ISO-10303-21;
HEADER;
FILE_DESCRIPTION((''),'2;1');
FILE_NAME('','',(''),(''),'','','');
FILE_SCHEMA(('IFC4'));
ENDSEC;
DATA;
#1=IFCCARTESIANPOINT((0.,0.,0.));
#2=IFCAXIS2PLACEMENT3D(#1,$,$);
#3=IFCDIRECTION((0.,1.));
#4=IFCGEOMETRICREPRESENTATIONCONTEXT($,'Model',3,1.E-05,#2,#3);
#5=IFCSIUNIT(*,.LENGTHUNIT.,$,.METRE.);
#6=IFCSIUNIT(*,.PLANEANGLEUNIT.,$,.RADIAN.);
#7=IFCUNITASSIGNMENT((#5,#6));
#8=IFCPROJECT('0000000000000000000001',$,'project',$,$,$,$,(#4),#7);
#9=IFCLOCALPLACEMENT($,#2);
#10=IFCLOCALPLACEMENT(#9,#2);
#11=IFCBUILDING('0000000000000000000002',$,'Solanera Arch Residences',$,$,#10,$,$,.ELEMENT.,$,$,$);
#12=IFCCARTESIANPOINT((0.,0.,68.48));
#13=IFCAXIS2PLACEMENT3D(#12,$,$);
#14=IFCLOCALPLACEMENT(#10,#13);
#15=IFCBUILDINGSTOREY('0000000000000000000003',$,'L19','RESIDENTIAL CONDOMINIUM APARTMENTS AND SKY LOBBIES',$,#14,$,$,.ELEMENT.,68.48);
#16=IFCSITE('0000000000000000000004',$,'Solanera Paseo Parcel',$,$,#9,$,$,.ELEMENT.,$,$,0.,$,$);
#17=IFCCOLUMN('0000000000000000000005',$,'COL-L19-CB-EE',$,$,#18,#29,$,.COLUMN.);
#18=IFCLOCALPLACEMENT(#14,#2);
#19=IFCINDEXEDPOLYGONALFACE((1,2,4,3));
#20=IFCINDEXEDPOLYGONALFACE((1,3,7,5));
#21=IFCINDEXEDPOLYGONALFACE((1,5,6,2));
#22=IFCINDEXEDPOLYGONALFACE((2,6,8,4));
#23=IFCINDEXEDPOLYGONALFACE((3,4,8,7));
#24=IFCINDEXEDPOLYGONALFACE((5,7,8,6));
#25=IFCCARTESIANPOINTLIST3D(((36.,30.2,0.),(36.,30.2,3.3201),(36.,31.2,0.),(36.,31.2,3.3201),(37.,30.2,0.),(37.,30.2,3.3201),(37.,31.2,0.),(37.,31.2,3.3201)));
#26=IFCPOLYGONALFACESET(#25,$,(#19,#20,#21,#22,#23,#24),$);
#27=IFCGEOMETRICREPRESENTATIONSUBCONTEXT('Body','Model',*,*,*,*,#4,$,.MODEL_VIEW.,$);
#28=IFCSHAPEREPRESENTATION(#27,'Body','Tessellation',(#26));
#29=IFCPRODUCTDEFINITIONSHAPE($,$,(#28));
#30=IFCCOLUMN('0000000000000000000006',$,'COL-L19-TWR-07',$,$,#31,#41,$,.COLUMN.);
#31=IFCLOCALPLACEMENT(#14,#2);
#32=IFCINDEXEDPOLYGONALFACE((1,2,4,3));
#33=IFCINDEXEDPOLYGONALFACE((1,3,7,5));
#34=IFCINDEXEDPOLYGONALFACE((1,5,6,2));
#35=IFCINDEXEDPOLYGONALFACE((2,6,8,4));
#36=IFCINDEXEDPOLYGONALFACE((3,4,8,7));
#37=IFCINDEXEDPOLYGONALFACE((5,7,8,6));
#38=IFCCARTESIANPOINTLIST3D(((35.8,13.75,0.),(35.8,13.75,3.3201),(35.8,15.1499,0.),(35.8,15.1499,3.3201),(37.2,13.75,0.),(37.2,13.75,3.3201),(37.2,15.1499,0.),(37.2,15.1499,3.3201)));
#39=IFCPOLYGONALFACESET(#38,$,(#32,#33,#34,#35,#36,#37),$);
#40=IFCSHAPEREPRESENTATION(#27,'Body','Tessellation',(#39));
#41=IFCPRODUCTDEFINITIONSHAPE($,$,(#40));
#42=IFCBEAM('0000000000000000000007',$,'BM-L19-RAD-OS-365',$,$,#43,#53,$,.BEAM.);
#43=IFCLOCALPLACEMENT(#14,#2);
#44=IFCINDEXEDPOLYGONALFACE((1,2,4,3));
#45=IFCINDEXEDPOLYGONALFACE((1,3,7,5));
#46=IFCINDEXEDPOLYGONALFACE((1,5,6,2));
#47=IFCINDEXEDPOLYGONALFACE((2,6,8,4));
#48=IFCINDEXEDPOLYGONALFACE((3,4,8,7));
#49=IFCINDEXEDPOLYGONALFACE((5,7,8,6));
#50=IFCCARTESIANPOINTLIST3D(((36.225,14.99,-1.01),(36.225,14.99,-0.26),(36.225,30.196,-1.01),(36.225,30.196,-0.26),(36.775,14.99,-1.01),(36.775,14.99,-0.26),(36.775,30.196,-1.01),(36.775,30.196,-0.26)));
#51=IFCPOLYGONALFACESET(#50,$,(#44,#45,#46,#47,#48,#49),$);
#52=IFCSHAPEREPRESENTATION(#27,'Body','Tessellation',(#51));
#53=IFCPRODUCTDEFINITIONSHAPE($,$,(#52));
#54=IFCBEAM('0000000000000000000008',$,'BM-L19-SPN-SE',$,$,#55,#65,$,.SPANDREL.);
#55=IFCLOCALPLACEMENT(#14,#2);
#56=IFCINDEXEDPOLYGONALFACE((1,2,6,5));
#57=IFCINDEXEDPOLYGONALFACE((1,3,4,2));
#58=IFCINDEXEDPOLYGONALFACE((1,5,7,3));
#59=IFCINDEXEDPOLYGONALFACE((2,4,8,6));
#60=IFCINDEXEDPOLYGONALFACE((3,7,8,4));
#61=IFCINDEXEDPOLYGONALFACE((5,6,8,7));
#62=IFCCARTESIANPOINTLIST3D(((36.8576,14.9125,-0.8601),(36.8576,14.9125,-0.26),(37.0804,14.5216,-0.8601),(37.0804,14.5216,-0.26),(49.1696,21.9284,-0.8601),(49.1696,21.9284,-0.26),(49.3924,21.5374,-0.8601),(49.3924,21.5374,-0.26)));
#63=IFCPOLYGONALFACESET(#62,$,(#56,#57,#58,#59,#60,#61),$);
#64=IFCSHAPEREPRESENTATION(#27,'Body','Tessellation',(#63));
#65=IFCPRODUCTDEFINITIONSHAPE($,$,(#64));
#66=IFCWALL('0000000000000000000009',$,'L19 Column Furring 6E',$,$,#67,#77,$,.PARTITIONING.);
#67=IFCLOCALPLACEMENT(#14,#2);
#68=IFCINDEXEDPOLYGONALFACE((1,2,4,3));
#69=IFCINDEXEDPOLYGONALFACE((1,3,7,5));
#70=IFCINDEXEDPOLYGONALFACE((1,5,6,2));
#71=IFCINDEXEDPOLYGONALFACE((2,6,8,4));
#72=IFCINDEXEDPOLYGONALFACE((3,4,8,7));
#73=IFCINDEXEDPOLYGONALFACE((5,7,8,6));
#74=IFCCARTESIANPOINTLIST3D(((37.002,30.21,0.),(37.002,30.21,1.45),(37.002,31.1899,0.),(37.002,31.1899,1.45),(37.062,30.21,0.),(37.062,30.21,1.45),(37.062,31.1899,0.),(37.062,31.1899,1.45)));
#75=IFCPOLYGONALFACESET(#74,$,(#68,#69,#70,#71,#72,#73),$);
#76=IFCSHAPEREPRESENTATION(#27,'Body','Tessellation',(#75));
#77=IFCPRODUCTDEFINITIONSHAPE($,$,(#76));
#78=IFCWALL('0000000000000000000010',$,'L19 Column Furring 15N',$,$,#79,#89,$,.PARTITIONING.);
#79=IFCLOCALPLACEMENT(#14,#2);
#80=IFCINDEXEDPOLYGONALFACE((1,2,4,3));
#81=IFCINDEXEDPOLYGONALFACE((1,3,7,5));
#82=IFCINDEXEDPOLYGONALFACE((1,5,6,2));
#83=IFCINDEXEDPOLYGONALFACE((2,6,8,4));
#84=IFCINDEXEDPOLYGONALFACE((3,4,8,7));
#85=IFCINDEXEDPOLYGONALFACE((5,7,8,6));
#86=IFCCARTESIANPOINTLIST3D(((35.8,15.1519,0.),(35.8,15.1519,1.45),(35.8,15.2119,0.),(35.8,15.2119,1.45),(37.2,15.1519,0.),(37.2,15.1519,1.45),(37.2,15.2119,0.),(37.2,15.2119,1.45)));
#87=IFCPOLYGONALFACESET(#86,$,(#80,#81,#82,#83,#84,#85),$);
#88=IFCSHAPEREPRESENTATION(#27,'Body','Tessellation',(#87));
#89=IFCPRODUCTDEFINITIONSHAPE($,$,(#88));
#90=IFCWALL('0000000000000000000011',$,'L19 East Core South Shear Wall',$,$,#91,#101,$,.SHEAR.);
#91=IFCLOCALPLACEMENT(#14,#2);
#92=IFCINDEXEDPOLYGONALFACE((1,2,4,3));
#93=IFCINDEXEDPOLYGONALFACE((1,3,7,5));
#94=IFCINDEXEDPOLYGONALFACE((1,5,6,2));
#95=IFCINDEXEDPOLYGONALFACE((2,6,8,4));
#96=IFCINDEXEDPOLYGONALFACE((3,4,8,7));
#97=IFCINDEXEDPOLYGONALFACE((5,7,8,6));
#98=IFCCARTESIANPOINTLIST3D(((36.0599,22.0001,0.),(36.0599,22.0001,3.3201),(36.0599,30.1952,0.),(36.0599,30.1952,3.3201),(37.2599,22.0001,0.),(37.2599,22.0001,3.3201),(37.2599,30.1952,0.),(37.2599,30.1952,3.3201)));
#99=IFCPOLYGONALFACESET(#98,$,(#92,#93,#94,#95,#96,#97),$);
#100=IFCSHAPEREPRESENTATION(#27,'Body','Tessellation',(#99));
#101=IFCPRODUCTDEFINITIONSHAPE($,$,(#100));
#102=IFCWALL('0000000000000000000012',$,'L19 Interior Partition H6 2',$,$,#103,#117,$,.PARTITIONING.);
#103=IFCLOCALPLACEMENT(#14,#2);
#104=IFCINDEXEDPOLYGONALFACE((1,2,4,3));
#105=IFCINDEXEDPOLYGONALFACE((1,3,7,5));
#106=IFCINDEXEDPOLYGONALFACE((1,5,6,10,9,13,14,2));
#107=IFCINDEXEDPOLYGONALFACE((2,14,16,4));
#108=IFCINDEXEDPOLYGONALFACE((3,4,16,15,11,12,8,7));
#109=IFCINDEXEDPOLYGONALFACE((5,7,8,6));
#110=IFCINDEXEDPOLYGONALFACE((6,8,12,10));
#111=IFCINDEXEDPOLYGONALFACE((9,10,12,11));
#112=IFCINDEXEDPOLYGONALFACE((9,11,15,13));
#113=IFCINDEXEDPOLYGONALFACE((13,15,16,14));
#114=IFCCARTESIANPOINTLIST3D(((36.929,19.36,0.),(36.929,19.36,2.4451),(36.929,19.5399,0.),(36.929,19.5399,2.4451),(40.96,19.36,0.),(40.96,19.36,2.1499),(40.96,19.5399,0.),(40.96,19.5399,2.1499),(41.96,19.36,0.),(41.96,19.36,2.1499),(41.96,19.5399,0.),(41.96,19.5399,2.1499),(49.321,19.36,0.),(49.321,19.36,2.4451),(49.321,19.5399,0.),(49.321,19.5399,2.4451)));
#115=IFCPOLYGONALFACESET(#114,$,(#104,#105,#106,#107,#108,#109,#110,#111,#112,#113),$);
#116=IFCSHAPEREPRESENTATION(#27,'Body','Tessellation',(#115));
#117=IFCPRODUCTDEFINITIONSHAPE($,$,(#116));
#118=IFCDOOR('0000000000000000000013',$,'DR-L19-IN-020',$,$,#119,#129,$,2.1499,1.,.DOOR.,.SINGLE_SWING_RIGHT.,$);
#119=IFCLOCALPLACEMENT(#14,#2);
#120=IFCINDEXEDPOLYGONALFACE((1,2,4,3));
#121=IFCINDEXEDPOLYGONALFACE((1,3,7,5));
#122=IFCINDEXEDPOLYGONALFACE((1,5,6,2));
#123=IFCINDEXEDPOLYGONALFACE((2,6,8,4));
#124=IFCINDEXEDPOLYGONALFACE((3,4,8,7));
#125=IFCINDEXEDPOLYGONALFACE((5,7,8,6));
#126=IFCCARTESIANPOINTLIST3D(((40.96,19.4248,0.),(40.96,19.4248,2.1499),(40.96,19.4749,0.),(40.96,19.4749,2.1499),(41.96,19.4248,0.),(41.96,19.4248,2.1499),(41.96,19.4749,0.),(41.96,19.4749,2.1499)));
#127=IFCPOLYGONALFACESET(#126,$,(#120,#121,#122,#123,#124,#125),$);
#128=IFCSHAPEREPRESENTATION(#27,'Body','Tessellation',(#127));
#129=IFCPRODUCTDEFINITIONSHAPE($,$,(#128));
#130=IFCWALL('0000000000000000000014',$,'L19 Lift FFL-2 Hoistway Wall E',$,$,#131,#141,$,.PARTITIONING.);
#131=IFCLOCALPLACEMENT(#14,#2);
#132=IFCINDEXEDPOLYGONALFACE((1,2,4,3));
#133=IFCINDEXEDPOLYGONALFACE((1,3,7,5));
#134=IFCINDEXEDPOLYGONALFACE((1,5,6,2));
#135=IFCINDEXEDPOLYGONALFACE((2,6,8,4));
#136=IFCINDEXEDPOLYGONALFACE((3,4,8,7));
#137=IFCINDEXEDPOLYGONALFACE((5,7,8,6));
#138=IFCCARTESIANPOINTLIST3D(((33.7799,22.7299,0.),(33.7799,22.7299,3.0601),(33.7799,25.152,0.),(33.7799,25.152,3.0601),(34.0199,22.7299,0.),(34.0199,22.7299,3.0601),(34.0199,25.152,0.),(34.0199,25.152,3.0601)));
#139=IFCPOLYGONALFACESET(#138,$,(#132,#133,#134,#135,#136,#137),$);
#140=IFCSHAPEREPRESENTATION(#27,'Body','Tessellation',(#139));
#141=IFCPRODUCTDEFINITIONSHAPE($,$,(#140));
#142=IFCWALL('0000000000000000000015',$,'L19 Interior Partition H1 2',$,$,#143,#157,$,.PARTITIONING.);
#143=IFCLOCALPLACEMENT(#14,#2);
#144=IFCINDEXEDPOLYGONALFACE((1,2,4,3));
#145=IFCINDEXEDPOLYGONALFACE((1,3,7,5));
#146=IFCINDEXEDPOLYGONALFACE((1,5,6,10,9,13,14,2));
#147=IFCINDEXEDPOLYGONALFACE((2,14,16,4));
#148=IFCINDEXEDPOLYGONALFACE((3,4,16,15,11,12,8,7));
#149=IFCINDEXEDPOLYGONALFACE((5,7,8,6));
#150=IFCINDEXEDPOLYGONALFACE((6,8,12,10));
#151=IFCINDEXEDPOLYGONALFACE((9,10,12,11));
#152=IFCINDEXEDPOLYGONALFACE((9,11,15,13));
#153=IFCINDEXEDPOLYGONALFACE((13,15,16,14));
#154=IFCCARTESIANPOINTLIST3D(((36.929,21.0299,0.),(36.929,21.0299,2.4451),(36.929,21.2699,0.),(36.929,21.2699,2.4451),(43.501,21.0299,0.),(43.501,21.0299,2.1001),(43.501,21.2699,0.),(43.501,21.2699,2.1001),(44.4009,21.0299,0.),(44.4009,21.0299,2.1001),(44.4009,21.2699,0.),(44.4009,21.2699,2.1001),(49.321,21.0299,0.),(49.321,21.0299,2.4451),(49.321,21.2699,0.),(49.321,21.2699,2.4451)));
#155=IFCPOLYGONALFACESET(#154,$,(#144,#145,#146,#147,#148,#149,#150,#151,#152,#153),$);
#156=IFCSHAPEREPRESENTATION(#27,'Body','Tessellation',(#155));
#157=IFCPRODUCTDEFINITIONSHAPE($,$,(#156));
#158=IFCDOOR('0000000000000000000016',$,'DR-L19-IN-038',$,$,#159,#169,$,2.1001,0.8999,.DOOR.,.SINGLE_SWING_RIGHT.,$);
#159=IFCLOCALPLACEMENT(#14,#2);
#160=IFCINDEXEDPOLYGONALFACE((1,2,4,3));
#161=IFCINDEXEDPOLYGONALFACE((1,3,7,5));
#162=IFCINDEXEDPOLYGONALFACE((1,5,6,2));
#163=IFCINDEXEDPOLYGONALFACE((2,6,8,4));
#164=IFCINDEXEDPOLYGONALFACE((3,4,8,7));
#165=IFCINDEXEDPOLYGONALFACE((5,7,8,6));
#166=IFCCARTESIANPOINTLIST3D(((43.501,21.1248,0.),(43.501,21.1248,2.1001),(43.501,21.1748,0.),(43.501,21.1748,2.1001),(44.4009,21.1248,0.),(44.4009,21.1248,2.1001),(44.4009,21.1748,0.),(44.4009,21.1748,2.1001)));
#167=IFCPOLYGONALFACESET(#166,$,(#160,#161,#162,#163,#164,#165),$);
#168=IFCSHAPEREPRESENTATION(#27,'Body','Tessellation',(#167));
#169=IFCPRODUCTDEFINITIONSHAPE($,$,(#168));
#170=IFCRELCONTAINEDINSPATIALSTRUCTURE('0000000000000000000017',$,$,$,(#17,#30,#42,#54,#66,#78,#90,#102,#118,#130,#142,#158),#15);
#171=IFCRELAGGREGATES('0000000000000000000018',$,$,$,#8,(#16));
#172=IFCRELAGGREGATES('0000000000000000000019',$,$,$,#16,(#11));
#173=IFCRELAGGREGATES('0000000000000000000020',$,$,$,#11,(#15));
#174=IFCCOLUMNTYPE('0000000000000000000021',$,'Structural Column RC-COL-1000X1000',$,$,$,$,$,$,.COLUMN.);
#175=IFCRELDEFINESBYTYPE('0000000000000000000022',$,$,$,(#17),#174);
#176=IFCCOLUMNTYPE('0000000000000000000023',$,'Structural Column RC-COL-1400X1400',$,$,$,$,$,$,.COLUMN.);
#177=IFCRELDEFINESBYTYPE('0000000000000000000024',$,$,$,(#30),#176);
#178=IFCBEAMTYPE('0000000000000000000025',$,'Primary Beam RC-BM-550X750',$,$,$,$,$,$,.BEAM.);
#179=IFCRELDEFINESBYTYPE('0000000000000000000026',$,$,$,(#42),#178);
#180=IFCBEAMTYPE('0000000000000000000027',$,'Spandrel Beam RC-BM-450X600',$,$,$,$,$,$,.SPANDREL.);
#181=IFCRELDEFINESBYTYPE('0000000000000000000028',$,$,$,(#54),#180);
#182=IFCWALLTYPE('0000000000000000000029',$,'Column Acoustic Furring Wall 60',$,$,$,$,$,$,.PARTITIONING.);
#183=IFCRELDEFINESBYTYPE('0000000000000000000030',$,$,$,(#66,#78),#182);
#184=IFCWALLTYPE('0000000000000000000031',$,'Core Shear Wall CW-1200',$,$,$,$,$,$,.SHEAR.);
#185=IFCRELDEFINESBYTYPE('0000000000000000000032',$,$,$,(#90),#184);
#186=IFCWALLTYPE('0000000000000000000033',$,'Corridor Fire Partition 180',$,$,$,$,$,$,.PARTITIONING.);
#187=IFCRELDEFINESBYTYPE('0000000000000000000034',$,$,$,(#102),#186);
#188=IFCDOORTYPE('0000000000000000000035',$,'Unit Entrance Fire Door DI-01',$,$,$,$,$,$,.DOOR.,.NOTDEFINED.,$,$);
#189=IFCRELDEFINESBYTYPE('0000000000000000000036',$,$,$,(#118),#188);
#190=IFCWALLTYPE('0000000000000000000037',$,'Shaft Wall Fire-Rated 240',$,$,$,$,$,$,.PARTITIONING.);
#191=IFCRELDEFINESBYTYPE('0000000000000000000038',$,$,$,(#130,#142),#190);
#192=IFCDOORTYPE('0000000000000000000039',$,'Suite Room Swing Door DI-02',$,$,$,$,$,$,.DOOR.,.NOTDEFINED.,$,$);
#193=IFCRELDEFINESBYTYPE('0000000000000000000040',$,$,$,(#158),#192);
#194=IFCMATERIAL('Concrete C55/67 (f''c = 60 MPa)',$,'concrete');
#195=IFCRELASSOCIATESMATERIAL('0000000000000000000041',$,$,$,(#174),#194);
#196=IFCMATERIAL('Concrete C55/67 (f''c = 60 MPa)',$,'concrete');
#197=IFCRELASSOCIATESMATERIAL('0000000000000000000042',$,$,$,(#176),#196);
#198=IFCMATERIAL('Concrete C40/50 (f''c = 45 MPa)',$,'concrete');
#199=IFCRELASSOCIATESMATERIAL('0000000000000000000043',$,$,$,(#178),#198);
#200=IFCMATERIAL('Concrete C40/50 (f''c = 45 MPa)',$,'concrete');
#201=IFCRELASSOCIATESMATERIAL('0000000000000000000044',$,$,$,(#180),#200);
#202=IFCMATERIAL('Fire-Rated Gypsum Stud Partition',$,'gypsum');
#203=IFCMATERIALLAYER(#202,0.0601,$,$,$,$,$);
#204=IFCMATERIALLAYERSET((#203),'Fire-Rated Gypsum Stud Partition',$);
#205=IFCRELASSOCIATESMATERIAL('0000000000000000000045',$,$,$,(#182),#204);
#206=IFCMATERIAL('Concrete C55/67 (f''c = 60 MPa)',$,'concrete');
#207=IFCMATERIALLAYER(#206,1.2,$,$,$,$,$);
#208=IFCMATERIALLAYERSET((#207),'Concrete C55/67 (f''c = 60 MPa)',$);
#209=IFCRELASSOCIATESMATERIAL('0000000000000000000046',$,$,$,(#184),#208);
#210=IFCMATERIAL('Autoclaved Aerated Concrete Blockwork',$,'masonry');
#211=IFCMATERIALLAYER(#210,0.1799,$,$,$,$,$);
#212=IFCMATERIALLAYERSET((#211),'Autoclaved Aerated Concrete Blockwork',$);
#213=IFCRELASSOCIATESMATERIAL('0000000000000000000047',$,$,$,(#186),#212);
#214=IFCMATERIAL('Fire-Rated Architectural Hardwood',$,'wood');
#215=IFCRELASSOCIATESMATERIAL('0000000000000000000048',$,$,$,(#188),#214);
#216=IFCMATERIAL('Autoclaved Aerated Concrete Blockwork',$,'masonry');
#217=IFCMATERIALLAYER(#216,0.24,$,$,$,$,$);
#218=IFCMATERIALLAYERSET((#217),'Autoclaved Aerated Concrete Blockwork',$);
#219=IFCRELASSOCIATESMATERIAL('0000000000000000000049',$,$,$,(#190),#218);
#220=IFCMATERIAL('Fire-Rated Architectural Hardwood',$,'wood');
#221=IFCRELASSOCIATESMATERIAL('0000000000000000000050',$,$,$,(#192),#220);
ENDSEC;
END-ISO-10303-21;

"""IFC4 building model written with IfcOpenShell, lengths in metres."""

from ifc_helpers import new_model, si_unit, direction, frame, frame_2d, origin, origin_2d, place, context, subcontext, project, spatial, rectangle, extrude, material, layer, layer_set, material_profile, profile_set, type_object, element, fill, save


model = new_model("IFC4")

# Units and contexts
model_context = context("Model", 3, precision=1e-05, world=origin(), true_north=direction((0.0, 1.0)))
body_context = subcontext(model_context, "Body", "Model", "MODEL_VIEW")
ifc_project = project(units=[si_unit("LENGTHUNIT", "METRE"), si_unit("PLANEANGLEUNIT", "RADIAN")], contexts=[model_context])

# Site, building, storey
site_placement = place(None, origin())
site = spatial("IfcSite", under=ifc_project, at=site_placement, Name="Solanera Paseo Parcel", CompositionType="ELEMENT", RefElevation=0.0)
building_placement = place(site_placement, origin())
building = spatial("IfcBuilding", under=site, at=building_placement, Name="Solanera Arch Residences", CompositionType="ELEMENT")
storey_placement = place(building_placement, frame((0.0, 0.0, 68.48)))
storey = spatial("IfcBuildingStorey", under=building, at=storey_placement, Name="L19", Description="RESIDENTIAL CONDOMINIUM APARTMENTS AND SKY LOBBIES", CompositionType="ELEMENT", Elevation=68.48)

# Columns
ifc_material_1 = material(Name="Concrete C55/67 (f'c = 60 MPa)", Category="concrete")
ifc_material_profile_1 = material_profile(ifc_material_1, rectangle(XDim=1.0, YDim=1.0, at=origin_2d()))
ifc_profile_set_1 = profile_set([ifc_material_profile_1], Name="Concrete C55/67 (f'c = 60 MPa)")
column_type_1 = type_object("IfcColumnType", Name="Structural Column RC-COL-1000X1000", PredefinedType="COLUMN", material=ifc_profile_set_1)
column_1_placement = place(storey_placement, frame((36.5, 30.7, 0.0), z_axis=(0.0, 0.0, 1.0), x_axis=(1.0, 0.0, 0.0)))
element("IfcColumn", 1, at=column_1_placement, inside=storey, type_object=column_type_1, Name="COL-L19-CB-EE", PredefinedType="COLUMN", context=body_context, shape_type="SweptSolid", body=[
    extrude(rectangle(XDim=1.0, YDim=1.0, at=origin_2d()), origin(), (0.0, 0.0, 1.0), 3.3201),
])
ifc_material_2 = material(Name="Concrete C55/67 (f'c = 60 MPa)", Category="concrete")
ifc_material_profile_2 = material_profile(ifc_material_2, rectangle(XDim=1.3999, YDim=1.3999, at=origin_2d()))
ifc_profile_set_2 = profile_set([ifc_material_profile_2], Name="Concrete C55/67 (f'c = 60 MPa)")
column_type_2 = type_object("IfcColumnType", Name="Structural Column RC-COL-1400X1400", PredefinedType="COLUMN", material=ifc_profile_set_2)
column_2_placement = place(storey_placement, frame((36.5, 14.45, 0.0), z_axis=(0.0, 0.0, 1.0), x_axis=(1.0, 0.0, 0.0)))
element("IfcColumn", 2, at=column_2_placement, inside=storey, type_object=column_type_2, Name="COL-L19-TWR-07", PredefinedType="COLUMN", context=body_context, shape_type="SweptSolid", body=[
    extrude(rectangle(XDim=1.3999, YDim=1.3999, at=origin_2d()), origin(), (0.0, 0.0, 1.0), 3.3201),
])

# Beams
ifc_material_3 = material(Name="Concrete C40/50 (f'c = 45 MPa)", Category="concrete")
ifc_material_profile_3 = material_profile(ifc_material_3, rectangle(XDim=0.55, YDim=0.75, at=origin_2d()))
ifc_profile_set_3 = profile_set([ifc_material_profile_3], Name="Concrete C40/50 (f'c = 45 MPa)")
beam_type_1 = type_object("IfcBeamType", Name="Primary Beam RC-BM-550X750", PredefinedType="BEAM", material=ifc_profile_set_3)
beam_1_placement = place(storey_placement, frame((36.5, 14.99, -0.635), z_axis=(0.0, 1.0, 0.0), x_axis=(-1.0, 0.0, 0.0)))
element("IfcBeam", 3, at=beam_1_placement, inside=storey, type_object=beam_type_1, Name="BM-L19-RAD-OS-365", PredefinedType="BEAM", context=body_context, shape_type="SweptSolid", body=[
    extrude(rectangle(XDim=0.55, YDim=0.75, at=origin_2d()), origin(), (0.0, 0.0, 1.0), 15.2061),
])
ifc_material_4 = material(Name="Concrete C40/50 (f'c = 45 MPa)", Category="concrete")
ifc_material_profile_4 = material_profile(ifc_material_4, rectangle(XDim=0.45, YDim=0.6001, at=origin_2d()))
ifc_profile_set_4 = profile_set([ifc_material_profile_4], Name="Concrete C40/50 (f'c = 45 MPa)")
beam_type_2 = type_object("IfcBeamType", Name="Spandrel Beam RC-BM-450X600", PredefinedType="SPANDREL", material=ifc_profile_set_4)
beam_2_placement = place(storey_placement, frame((36.969, 14.717, -0.5601), z_axis=(0.868837, 0.495098, 0.0), x_axis=(-0.495098, 0.868837, 0.0)))
element("IfcBeam", 4, at=beam_2_placement, inside=storey, type_object=beam_type_2, Name="BM-L19-SPN-SE", PredefinedType="SPANDREL", context=body_context, shape_type="SweptSolid", body=[
    extrude(rectangle(XDim=0.45, YDim=0.6001, at=origin_2d()), origin(), (0.0, 0.0, 1.0), 14.1707),
])

# Walls
ifc_material_5 = material(Name="Fire-Rated Gypsum Stud Partition", Category="gypsum")
ifc_layer_1 = layer(ifc_material_5, 0.0601)
ifc_layer_set_1 = layer_set([ifc_layer_1], Name="Fire-Rated Gypsum Stud Partition")
wall_type_1 = type_object("IfcWallType", Name="Column Acoustic Furring Wall 60", PredefinedType="PARTITIONING", material=ifc_layer_set_1)
wall_1_placement = place(storey_placement, frame((37.032, 30.21, 0.0), z_axis=(0.0, 0.0, 1.0), x_axis=(0.0, 1.0, 0.0)))
element("IfcWall", 5, at=wall_1_placement, inside=storey, type_object=wall_type_1, Name="L19 Column Furring 6E", PredefinedType="PARTITIONING", context=body_context, shape_type="SweptSolid", body=[
    extrude(rectangle(XDim=0.98, YDim=0.0601, at=frame_2d((0.49, 0.0))), origin(), (0.0, 0.0, 1.0), 1.45),
])
wall_2_placement = place(storey_placement, frame((35.8, 15.1819, 0.0), z_axis=(0.0, 0.0, 1.0), x_axis=(1.0, 0.0, 0.0)))
element("IfcWall", 6, at=wall_2_placement, inside=storey, type_object=wall_type_1, Name="L19 Column Furring 15N", PredefinedType="PARTITIONING", context=body_context, shape_type="SweptSolid", body=[
    extrude(rectangle(XDim=1.3999, YDim=0.0601, at=frame_2d((0.7, 0.0))), origin(), (0.0, 0.0, 1.0), 1.45),
])
ifc_material_6 = material(Name="Concrete C55/67 (f'c = 60 MPa)", Category="concrete")
ifc_layer_2 = layer(ifc_material_6, 1.2)
ifc_layer_set_2 = layer_set([ifc_layer_2], Name="Concrete C55/67 (f'c = 60 MPa)")
wall_type_2 = type_object("IfcWallType", Name="Core Shear Wall CW-1200", PredefinedType="SHEAR", material=ifc_layer_set_2)
wall_3_placement = place(storey_placement, frame((36.6599, 22.0, 0.0), z_axis=(0.0, 0.0, 1.0), x_axis=(0.0, 1.0, 0.0)))
element("IfcWall", 7, at=wall_3_placement, inside=storey, type_object=wall_type_2, Name="L19 East Core South Shear Wall", PredefinedType="SHEAR", context=body_context, shape_type="SweptSolid", body=[
    extrude(rectangle(XDim=8.1951, YDim=1.2, at=frame_2d((4.0977, 0.0))), origin(), (0.0, 0.0, 1.0), 3.3201),
])

# Wall, opening, door
ifc_material_7 = material(Name="Autoclaved Aerated Concrete Blockwork", Category="masonry")
ifc_layer_3 = layer(ifc_material_7, 0.1799)
ifc_layer_set_3 = layer_set([ifc_layer_3], Name="Autoclaved Aerated Concrete Blockwork")
wall_type_3 = type_object("IfcWallType", Name="Corridor Fire Partition 180", PredefinedType="PARTITIONING", material=ifc_layer_set_3)
wall_4_placement = place(storey_placement, frame((36.929, 19.45, 0.0), z_axis=(0.0, 0.0, 1.0), x_axis=(1.0, 0.0, 0.0)))
wall_4 = element("IfcWall", 8, at=wall_4_placement, inside=storey, type_object=wall_type_3, Name="L19 Interior Partition H6 2", PredefinedType="PARTITIONING", context=body_context, shape_type="SweptSolid", body=[
    extrude(rectangle(XDim=12.3921, YDim=0.1799, at=frame_2d((6.196, 0.0))), origin(), (0.0, 0.0, 1.0), 2.4451),
])
opening_1_placement = place(wall_4_placement, frame((4.031, 0.0, 0.0)))
opening_1 = element("IfcOpeningElement", 9, at=opening_1_placement, cuts=wall_4, PredefinedType="OPENING", context=body_context, shape_type="SweptSolid", body=[
    extrude(rectangle(XDim=1.0, YDim=2.1499, at=frame_2d((0.5, 1.075))), frame((0.0, 0.1001, 0.0), z_axis=(0.0, -1.0, 0.0), x_axis=(1.0, 0.0, 0.0)), (0.0, 0.0, 1.0), 0.1999),
])
ifc_material_8 = material(Name="Fire-Rated Architectural Hardwood", Category="wood")
door_type_1 = type_object("IfcDoorType", Name="Unit Entrance Fire Door DI-01", OperationType="NOTDEFINED", PredefinedType="DOOR", material=ifc_material_8)
door_1_placement = place(opening_1_placement, origin())
door_1 = element("IfcDoor", 10, at=door_1_placement, inside=storey, type_object=door_type_1, Name="DR-L19-IN-020", OperationType="SINGLE_SWING_RIGHT", OverallHeight=2.1499, OverallWidth=1.0, PredefinedType="DOOR", context=body_context, shape_type="SweptSolid", body=[
    extrude(rectangle(XDim=1.0, YDim=2.1499, at=frame_2d((0.5, 1.075))), frame((0.0, 0.0249, 0.0), z_axis=(0.0, -1.0, 0.0), x_axis=(1.0, 0.0, 0.0)), (0.0, 0.0, 1.0), 0.05),
])
fill(opening_1, door_1)

# Wall
ifc_material_9 = material(Name="Autoclaved Aerated Concrete Blockwork", Category="masonry")
ifc_layer_4 = layer(ifc_material_9, 0.24)
ifc_layer_set_4 = layer_set([ifc_layer_4], Name="Autoclaved Aerated Concrete Blockwork")
wall_type_4 = type_object("IfcWallType", Name="Shaft Wall Fire-Rated 240", PredefinedType="PARTITIONING", material=ifc_layer_set_4)
wall_5_placement = place(storey_placement, frame((33.8999, 22.73, 0.0), z_axis=(0.0, 0.0, 1.0), x_axis=(0.0, 1.0, 0.0)))
element("IfcWall", 11, at=wall_5_placement, inside=storey, type_object=wall_type_4, Name="L19 Lift FFL-2 Hoistway Wall E", PredefinedType="PARTITIONING", context=body_context, shape_type="SweptSolid", body=[
    extrude(rectangle(XDim=2.4221, YDim=0.24, at=frame_2d((1.2109, 0.0))), origin(), (0.0, 0.0, 1.0), 3.0601),
])

# Wall, opening, door
wall_6_placement = place(storey_placement, frame((36.929, 21.1499, 0.0), z_axis=(0.0, 0.0, 1.0), x_axis=(1.0, 0.0, 0.0)))
wall_6 = element("IfcWall", 12, at=wall_6_placement, inside=storey, type_object=wall_type_4, Name="L19 Interior Partition H1 2", PredefinedType="PARTITIONING", context=body_context, shape_type="SweptSolid", body=[
    extrude(rectangle(XDim=12.3921, YDim=0.24, at=frame_2d((6.196, 0.0))), origin(), (0.0, 0.0, 1.0), 2.4451),
])
opening_2_placement = place(wall_6_placement, frame((6.572, 0.0, 0.0)))
opening_2 = element("IfcOpeningElement", 13, at=opening_2_placement, cuts=wall_6, PredefinedType="OPENING", context=body_context, shape_type="SweptSolid", body=[
    extrude(rectangle(XDim=0.8999, YDim=2.1001, at=frame_2d((0.45, 1.05))), frame((0.0, 0.1299, 0.0), z_axis=(0.0, -1.0, 0.0), x_axis=(1.0, 0.0, 0.0)), (0.0, 0.0, 1.0), 0.26),
])
ifc_material_10 = material(Name="Fire-Rated Architectural Hardwood", Category="wood")
door_type_2 = type_object("IfcDoorType", Name="Suite Room Swing Door DI-02", OperationType="NOTDEFINED", PredefinedType="DOOR", material=ifc_material_10)
door_2_placement = place(opening_2_placement, origin())
door_2 = element("IfcDoor", 14, at=door_2_placement, inside=storey, type_object=door_type_2, Name="DR-L19-IN-038", OperationType="SINGLE_SWING_RIGHT", OverallHeight=2.1001, OverallWidth=0.8999, PredefinedType="DOOR", context=body_context, shape_type="SweptSolid", body=[
    extrude(rectangle(XDim=0.8999, YDim=2.1001, at=frame_2d((0.45, 1.05))), frame((0.0, 0.0249, 0.0), z_axis=(0.0, -1.0, 0.0), x_axis=(1.0, 0.0, 0.0)), (0.0, 0.0, 1.0), 0.05),
])
fill(opening_2, door_2)

save(model, "model.ifc")
